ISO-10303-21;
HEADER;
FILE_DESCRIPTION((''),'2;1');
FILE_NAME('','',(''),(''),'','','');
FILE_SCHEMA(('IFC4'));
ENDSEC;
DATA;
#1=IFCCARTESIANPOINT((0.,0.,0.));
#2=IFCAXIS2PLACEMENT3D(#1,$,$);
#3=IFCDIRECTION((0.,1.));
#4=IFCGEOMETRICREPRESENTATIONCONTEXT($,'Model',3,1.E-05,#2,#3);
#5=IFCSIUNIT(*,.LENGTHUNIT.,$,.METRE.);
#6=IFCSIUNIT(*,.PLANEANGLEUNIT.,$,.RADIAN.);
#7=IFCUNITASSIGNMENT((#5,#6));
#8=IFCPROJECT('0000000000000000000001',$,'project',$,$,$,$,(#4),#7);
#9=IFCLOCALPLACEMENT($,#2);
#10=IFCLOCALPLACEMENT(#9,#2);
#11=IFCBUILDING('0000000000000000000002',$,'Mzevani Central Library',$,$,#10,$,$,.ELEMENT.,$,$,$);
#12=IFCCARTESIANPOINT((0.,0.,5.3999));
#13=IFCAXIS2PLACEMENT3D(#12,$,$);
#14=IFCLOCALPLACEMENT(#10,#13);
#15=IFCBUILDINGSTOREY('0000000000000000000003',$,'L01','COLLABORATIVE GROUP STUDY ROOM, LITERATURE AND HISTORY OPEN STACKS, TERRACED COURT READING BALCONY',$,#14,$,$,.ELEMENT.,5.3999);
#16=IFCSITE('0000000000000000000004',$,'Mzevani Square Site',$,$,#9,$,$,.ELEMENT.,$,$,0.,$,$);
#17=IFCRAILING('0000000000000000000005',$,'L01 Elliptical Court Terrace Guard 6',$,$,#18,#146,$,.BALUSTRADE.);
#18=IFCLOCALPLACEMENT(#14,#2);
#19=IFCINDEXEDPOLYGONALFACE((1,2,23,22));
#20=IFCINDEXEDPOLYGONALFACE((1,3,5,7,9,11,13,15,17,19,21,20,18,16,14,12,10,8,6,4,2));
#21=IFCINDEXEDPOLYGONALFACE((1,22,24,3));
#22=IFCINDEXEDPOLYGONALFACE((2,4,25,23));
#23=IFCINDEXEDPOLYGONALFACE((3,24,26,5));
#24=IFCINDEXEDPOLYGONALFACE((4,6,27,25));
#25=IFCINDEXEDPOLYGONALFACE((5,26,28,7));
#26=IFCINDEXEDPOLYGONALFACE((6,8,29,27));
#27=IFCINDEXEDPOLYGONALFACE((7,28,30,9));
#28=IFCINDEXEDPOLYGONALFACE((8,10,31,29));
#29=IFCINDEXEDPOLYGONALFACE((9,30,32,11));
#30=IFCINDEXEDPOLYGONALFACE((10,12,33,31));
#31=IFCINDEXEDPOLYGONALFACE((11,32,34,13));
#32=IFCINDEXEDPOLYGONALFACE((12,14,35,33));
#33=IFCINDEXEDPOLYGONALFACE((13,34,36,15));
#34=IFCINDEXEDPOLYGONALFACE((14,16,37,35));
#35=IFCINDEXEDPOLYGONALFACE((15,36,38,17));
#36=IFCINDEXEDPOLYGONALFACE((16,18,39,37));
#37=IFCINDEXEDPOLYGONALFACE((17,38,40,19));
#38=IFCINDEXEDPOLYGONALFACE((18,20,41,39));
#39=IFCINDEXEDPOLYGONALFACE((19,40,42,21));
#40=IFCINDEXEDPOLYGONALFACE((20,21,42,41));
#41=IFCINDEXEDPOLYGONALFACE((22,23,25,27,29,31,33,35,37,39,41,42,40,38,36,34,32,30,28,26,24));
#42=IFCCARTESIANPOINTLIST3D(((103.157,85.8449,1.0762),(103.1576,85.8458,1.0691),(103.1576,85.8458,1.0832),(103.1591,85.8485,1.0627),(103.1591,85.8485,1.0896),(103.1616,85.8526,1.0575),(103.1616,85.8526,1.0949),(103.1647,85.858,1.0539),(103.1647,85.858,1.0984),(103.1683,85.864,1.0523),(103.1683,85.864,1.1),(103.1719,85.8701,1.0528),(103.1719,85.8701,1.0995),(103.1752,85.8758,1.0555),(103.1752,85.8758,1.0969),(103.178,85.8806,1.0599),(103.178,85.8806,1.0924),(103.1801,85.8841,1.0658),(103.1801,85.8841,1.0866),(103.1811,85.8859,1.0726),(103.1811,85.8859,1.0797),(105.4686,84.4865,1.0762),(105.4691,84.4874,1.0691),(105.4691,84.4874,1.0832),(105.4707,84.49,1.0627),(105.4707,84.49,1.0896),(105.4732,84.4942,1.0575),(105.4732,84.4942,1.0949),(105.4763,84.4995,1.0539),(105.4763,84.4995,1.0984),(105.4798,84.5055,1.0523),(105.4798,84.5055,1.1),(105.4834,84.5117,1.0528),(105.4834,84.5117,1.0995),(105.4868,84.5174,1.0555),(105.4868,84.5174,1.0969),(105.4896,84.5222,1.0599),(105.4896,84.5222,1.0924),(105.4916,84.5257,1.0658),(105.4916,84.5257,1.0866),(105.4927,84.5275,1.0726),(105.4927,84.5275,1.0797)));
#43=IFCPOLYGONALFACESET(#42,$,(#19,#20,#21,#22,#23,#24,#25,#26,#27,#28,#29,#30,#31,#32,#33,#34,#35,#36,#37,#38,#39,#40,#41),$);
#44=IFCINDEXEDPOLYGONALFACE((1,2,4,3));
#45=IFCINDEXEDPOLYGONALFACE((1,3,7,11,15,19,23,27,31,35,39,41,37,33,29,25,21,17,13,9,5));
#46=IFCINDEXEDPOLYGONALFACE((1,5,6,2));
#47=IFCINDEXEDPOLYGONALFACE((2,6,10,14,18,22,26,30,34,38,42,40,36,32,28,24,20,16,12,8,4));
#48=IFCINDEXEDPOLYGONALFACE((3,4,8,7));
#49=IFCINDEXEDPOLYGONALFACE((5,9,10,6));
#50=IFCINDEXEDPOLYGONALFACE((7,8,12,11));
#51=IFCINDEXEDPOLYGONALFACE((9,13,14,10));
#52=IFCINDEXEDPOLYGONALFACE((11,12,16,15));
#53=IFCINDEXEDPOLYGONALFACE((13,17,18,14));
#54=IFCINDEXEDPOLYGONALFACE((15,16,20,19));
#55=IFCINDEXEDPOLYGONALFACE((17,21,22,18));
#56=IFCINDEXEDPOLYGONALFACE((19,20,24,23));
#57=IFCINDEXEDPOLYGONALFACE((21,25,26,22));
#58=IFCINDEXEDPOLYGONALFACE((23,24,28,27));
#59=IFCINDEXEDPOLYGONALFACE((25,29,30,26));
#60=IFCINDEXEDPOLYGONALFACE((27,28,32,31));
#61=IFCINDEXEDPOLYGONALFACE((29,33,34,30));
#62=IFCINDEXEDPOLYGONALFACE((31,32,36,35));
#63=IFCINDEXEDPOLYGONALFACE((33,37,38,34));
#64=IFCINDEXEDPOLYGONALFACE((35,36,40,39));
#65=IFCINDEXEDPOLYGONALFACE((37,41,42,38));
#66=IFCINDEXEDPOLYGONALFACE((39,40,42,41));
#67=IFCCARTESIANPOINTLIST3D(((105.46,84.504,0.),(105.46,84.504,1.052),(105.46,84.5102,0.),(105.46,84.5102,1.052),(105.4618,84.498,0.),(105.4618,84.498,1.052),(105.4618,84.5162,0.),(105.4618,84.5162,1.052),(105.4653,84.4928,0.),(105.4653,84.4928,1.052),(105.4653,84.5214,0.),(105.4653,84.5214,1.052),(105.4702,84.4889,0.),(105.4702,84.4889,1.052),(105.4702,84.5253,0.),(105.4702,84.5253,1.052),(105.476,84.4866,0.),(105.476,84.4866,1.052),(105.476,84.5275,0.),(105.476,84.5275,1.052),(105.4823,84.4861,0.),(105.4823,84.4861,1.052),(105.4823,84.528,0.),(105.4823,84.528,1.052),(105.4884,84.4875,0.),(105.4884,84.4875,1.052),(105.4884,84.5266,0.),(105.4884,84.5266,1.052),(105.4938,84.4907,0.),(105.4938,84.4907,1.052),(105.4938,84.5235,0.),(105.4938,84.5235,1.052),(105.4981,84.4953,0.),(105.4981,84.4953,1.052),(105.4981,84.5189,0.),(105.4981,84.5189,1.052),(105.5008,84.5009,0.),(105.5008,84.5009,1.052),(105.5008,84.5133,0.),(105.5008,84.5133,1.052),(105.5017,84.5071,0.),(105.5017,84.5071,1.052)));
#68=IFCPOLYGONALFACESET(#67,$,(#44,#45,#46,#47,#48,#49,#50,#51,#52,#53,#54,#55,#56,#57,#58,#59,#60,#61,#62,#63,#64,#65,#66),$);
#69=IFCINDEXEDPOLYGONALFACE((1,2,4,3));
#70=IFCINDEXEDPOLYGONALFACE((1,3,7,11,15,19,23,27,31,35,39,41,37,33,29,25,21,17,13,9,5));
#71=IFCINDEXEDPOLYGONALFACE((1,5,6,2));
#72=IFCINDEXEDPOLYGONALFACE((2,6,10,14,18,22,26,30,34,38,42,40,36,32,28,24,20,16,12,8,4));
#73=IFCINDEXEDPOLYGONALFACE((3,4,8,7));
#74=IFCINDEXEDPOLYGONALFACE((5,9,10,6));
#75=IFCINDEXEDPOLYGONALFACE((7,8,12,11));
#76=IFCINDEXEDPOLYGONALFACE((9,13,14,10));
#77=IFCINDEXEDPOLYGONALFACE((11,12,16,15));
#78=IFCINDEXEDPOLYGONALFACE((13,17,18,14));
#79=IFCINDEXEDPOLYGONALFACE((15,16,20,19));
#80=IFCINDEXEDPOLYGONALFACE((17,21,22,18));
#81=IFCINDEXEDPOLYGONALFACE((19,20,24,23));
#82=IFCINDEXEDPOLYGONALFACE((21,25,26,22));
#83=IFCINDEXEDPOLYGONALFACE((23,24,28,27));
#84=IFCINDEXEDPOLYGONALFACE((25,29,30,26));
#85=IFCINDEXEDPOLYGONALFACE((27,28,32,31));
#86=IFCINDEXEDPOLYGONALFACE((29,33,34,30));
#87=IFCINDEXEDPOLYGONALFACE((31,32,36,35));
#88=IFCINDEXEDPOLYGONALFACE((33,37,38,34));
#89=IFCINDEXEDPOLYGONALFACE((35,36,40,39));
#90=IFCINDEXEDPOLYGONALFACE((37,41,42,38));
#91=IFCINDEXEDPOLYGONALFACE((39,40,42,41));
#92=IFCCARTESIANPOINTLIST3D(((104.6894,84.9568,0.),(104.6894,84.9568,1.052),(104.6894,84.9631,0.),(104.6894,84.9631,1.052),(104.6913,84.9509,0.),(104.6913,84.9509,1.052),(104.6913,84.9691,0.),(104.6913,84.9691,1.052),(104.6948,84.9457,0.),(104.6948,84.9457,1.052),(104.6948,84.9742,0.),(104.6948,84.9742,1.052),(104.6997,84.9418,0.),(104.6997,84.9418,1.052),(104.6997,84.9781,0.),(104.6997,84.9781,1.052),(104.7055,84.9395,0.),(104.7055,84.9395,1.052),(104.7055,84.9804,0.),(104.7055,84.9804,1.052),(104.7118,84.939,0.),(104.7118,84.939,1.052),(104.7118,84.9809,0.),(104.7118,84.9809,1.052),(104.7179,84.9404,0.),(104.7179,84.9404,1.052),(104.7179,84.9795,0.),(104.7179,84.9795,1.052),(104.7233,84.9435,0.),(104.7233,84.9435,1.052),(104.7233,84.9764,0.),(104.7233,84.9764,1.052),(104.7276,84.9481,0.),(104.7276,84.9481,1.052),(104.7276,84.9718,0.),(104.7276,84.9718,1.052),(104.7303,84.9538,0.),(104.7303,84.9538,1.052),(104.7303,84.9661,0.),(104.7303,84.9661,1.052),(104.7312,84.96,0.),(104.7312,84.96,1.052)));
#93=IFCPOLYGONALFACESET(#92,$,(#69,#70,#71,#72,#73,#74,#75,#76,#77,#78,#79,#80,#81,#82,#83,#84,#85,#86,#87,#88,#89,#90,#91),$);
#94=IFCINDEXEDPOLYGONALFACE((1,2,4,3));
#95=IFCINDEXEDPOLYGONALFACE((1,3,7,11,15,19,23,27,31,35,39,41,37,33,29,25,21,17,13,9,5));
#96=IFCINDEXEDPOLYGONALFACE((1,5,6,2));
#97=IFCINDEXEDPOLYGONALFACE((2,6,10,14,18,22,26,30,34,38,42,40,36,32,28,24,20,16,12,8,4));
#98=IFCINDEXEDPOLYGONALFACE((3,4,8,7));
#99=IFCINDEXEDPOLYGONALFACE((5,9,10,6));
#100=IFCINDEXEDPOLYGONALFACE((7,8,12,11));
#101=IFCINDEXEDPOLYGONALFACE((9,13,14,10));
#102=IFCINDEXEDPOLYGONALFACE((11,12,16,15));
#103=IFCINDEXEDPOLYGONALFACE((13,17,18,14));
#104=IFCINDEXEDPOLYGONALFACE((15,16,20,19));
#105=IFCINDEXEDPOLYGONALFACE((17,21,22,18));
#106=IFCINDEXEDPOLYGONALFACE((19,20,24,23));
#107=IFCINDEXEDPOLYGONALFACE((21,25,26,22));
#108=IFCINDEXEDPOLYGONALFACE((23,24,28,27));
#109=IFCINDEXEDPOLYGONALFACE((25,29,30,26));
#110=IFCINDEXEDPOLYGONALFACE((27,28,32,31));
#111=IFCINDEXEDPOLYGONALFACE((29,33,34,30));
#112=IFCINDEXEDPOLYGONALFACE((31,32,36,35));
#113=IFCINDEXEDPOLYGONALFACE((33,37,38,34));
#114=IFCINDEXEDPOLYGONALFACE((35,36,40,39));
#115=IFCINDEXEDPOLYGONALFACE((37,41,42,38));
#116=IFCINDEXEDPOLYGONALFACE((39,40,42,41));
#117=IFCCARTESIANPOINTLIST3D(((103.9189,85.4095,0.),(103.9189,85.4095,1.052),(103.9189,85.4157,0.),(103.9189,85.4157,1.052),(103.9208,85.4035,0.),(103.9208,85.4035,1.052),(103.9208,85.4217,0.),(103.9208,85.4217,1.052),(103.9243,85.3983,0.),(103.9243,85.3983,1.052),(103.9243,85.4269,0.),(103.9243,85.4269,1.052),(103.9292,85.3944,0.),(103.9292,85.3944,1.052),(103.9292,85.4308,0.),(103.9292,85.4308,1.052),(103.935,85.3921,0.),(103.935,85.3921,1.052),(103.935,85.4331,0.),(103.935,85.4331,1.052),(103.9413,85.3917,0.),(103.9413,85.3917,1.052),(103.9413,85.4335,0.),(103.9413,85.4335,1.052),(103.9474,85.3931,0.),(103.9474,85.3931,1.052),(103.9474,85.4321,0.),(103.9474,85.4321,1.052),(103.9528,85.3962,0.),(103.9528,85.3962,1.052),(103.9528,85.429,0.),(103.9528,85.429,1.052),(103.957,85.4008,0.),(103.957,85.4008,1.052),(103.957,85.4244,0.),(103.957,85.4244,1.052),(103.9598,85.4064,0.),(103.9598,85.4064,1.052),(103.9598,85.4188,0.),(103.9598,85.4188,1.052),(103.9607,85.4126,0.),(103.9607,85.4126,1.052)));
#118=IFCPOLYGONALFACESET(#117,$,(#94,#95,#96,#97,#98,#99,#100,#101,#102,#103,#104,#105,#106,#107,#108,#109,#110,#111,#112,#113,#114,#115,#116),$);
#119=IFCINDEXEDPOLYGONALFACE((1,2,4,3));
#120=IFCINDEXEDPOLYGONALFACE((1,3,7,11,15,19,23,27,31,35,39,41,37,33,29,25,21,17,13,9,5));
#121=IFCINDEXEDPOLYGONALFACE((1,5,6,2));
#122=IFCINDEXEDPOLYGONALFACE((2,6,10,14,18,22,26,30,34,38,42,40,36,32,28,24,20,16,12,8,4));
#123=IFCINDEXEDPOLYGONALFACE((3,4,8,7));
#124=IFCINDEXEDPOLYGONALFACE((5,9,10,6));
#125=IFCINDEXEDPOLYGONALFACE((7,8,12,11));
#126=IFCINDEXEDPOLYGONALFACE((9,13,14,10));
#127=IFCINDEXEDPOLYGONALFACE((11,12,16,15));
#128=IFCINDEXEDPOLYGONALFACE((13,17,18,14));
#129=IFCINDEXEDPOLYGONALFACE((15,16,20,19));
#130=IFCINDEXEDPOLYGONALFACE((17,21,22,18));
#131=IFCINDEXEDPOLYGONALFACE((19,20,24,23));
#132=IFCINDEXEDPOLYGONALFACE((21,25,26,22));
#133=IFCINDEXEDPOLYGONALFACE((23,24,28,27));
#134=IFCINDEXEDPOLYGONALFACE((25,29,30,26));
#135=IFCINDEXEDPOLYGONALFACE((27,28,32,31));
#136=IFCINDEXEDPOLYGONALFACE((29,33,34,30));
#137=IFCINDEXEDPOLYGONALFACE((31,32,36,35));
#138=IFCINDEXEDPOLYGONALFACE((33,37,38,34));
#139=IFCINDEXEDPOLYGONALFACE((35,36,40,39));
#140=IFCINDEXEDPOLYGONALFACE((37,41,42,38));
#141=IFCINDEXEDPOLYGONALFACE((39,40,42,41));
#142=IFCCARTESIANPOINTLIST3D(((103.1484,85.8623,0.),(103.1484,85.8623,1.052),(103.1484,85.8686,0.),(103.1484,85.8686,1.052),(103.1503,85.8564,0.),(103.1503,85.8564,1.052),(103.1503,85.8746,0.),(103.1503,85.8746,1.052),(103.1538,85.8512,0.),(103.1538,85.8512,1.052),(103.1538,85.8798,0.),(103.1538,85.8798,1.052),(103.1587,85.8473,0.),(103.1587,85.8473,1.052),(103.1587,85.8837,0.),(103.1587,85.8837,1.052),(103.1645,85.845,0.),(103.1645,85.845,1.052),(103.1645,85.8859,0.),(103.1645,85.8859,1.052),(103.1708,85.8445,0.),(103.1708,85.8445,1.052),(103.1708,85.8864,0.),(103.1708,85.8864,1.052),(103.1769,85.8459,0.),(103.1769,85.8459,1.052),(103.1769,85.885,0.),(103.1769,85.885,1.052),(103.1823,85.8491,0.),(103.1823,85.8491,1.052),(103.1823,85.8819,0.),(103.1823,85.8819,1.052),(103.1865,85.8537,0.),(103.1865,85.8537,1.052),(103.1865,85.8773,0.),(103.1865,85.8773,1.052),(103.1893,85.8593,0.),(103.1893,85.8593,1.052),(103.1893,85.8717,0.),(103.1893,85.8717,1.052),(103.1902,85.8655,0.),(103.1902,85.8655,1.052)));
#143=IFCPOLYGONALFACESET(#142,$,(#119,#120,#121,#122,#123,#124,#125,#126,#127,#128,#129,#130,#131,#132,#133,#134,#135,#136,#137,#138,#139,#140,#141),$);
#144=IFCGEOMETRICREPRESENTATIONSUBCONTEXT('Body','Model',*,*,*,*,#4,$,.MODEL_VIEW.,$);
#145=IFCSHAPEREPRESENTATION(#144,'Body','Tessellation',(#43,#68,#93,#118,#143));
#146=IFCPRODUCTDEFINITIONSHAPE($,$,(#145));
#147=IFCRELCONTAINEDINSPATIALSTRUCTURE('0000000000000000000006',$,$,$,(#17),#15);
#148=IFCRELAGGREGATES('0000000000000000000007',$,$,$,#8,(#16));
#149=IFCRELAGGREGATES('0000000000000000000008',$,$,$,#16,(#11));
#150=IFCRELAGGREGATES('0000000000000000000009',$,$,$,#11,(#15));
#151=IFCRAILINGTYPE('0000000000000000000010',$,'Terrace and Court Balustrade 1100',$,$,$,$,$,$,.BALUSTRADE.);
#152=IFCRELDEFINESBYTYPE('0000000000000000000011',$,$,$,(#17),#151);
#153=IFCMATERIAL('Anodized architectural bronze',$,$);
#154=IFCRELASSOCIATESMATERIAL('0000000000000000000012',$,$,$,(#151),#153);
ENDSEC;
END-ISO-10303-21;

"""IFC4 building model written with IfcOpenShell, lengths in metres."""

from ifc_helpers import new_model, si_unit, direction, frame, origin, origin_2d, place, context, subcontext, project, spatial, circle, extrude, material, type_object, element, save


model = new_model("IFC4")

# Units and contexts
model_context = context("Model", 3, precision=1e-05, world=origin(), true_north=direction((0.0, 1.0)))
body_context = subcontext(model_context, "Body", "Model", "MODEL_VIEW")
ifc_project = project(units=[si_unit("LENGTHUNIT", "METRE"), si_unit("PLANEANGLEUNIT", "RADIAN")], contexts=[model_context])

# Site, building, storey
site_placement = place(None, origin())
site = spatial("IfcSite", under=ifc_project, at=site_placement, Name="Mzevani Square Site", CompositionType="ELEMENT", RefElevation=0.0)
building_placement = place(site_placement, origin())
building = spatial("IfcBuilding", under=site, at=building_placement, Name="Mzevani Central Library", CompositionType="ELEMENT")
storey_placement = place(building_placement, frame((0.0, 0.0, 5.3999)))
storey = spatial("IfcBuildingStorey", under=building, at=storey_placement, Name="L01", Description="COLLABORATIVE GROUP STUDY ROOM, LITERATURE AND HISTORY OPEN STACKS, TERRACED COURT READING BALCONY", CompositionType="ELEMENT", Elevation=5.3999)

# Railing
ifc_material_1 = material(Name="Anodized architectural bronze")
railing_type = type_object("IfcRailingType", Name="Terrace and Court Balustrade 1100", PredefinedType="BALUSTRADE", material=ifc_material_1)
railing_1_placement = place(storey_placement, frame((105.4807, 84.5071, 0.0)))
element("IfcRailing", 1, at=railing_1_placement, inside=storey, type_object=railing_type, Name="L01 Elliptical Court Terrace Guard 6", PredefinedType="BALUSTRADE", context=body_context, shape_type="SweptSolid", body=[
    extrude(circle(Radius=0.0239, at=origin_2d()), frame((0.0, 0.0, 1.0762), z_axis=(-0.862149, 0.506654, 0.0), x_axis=(-0.506654, -0.862149, 0.0)), (0.0, 0.0, 1.0), 2.6812),
    extrude(circle(Radius=0.021, at=origin_2d()), origin(), (0.0, 0.0, 1.0), 1.052),
    extrude(circle(Radius=0.021, at=origin_2d()), frame((-0.7705, 0.4529, 0.0)), (0.0, 0.0, 1.0), 1.052),
    extrude(circle(Radius=0.021, at=origin_2d()), frame((-1.541, 0.9055, 0.0)), (0.0, 0.0, 1.0), 1.052),
    extrude(circle(Radius=0.021, at=origin_2d()), frame((-2.3115, 1.3584, 0.0)), (0.0, 0.0, 1.0), 1.052),
])

save(model, "model.ifc")
